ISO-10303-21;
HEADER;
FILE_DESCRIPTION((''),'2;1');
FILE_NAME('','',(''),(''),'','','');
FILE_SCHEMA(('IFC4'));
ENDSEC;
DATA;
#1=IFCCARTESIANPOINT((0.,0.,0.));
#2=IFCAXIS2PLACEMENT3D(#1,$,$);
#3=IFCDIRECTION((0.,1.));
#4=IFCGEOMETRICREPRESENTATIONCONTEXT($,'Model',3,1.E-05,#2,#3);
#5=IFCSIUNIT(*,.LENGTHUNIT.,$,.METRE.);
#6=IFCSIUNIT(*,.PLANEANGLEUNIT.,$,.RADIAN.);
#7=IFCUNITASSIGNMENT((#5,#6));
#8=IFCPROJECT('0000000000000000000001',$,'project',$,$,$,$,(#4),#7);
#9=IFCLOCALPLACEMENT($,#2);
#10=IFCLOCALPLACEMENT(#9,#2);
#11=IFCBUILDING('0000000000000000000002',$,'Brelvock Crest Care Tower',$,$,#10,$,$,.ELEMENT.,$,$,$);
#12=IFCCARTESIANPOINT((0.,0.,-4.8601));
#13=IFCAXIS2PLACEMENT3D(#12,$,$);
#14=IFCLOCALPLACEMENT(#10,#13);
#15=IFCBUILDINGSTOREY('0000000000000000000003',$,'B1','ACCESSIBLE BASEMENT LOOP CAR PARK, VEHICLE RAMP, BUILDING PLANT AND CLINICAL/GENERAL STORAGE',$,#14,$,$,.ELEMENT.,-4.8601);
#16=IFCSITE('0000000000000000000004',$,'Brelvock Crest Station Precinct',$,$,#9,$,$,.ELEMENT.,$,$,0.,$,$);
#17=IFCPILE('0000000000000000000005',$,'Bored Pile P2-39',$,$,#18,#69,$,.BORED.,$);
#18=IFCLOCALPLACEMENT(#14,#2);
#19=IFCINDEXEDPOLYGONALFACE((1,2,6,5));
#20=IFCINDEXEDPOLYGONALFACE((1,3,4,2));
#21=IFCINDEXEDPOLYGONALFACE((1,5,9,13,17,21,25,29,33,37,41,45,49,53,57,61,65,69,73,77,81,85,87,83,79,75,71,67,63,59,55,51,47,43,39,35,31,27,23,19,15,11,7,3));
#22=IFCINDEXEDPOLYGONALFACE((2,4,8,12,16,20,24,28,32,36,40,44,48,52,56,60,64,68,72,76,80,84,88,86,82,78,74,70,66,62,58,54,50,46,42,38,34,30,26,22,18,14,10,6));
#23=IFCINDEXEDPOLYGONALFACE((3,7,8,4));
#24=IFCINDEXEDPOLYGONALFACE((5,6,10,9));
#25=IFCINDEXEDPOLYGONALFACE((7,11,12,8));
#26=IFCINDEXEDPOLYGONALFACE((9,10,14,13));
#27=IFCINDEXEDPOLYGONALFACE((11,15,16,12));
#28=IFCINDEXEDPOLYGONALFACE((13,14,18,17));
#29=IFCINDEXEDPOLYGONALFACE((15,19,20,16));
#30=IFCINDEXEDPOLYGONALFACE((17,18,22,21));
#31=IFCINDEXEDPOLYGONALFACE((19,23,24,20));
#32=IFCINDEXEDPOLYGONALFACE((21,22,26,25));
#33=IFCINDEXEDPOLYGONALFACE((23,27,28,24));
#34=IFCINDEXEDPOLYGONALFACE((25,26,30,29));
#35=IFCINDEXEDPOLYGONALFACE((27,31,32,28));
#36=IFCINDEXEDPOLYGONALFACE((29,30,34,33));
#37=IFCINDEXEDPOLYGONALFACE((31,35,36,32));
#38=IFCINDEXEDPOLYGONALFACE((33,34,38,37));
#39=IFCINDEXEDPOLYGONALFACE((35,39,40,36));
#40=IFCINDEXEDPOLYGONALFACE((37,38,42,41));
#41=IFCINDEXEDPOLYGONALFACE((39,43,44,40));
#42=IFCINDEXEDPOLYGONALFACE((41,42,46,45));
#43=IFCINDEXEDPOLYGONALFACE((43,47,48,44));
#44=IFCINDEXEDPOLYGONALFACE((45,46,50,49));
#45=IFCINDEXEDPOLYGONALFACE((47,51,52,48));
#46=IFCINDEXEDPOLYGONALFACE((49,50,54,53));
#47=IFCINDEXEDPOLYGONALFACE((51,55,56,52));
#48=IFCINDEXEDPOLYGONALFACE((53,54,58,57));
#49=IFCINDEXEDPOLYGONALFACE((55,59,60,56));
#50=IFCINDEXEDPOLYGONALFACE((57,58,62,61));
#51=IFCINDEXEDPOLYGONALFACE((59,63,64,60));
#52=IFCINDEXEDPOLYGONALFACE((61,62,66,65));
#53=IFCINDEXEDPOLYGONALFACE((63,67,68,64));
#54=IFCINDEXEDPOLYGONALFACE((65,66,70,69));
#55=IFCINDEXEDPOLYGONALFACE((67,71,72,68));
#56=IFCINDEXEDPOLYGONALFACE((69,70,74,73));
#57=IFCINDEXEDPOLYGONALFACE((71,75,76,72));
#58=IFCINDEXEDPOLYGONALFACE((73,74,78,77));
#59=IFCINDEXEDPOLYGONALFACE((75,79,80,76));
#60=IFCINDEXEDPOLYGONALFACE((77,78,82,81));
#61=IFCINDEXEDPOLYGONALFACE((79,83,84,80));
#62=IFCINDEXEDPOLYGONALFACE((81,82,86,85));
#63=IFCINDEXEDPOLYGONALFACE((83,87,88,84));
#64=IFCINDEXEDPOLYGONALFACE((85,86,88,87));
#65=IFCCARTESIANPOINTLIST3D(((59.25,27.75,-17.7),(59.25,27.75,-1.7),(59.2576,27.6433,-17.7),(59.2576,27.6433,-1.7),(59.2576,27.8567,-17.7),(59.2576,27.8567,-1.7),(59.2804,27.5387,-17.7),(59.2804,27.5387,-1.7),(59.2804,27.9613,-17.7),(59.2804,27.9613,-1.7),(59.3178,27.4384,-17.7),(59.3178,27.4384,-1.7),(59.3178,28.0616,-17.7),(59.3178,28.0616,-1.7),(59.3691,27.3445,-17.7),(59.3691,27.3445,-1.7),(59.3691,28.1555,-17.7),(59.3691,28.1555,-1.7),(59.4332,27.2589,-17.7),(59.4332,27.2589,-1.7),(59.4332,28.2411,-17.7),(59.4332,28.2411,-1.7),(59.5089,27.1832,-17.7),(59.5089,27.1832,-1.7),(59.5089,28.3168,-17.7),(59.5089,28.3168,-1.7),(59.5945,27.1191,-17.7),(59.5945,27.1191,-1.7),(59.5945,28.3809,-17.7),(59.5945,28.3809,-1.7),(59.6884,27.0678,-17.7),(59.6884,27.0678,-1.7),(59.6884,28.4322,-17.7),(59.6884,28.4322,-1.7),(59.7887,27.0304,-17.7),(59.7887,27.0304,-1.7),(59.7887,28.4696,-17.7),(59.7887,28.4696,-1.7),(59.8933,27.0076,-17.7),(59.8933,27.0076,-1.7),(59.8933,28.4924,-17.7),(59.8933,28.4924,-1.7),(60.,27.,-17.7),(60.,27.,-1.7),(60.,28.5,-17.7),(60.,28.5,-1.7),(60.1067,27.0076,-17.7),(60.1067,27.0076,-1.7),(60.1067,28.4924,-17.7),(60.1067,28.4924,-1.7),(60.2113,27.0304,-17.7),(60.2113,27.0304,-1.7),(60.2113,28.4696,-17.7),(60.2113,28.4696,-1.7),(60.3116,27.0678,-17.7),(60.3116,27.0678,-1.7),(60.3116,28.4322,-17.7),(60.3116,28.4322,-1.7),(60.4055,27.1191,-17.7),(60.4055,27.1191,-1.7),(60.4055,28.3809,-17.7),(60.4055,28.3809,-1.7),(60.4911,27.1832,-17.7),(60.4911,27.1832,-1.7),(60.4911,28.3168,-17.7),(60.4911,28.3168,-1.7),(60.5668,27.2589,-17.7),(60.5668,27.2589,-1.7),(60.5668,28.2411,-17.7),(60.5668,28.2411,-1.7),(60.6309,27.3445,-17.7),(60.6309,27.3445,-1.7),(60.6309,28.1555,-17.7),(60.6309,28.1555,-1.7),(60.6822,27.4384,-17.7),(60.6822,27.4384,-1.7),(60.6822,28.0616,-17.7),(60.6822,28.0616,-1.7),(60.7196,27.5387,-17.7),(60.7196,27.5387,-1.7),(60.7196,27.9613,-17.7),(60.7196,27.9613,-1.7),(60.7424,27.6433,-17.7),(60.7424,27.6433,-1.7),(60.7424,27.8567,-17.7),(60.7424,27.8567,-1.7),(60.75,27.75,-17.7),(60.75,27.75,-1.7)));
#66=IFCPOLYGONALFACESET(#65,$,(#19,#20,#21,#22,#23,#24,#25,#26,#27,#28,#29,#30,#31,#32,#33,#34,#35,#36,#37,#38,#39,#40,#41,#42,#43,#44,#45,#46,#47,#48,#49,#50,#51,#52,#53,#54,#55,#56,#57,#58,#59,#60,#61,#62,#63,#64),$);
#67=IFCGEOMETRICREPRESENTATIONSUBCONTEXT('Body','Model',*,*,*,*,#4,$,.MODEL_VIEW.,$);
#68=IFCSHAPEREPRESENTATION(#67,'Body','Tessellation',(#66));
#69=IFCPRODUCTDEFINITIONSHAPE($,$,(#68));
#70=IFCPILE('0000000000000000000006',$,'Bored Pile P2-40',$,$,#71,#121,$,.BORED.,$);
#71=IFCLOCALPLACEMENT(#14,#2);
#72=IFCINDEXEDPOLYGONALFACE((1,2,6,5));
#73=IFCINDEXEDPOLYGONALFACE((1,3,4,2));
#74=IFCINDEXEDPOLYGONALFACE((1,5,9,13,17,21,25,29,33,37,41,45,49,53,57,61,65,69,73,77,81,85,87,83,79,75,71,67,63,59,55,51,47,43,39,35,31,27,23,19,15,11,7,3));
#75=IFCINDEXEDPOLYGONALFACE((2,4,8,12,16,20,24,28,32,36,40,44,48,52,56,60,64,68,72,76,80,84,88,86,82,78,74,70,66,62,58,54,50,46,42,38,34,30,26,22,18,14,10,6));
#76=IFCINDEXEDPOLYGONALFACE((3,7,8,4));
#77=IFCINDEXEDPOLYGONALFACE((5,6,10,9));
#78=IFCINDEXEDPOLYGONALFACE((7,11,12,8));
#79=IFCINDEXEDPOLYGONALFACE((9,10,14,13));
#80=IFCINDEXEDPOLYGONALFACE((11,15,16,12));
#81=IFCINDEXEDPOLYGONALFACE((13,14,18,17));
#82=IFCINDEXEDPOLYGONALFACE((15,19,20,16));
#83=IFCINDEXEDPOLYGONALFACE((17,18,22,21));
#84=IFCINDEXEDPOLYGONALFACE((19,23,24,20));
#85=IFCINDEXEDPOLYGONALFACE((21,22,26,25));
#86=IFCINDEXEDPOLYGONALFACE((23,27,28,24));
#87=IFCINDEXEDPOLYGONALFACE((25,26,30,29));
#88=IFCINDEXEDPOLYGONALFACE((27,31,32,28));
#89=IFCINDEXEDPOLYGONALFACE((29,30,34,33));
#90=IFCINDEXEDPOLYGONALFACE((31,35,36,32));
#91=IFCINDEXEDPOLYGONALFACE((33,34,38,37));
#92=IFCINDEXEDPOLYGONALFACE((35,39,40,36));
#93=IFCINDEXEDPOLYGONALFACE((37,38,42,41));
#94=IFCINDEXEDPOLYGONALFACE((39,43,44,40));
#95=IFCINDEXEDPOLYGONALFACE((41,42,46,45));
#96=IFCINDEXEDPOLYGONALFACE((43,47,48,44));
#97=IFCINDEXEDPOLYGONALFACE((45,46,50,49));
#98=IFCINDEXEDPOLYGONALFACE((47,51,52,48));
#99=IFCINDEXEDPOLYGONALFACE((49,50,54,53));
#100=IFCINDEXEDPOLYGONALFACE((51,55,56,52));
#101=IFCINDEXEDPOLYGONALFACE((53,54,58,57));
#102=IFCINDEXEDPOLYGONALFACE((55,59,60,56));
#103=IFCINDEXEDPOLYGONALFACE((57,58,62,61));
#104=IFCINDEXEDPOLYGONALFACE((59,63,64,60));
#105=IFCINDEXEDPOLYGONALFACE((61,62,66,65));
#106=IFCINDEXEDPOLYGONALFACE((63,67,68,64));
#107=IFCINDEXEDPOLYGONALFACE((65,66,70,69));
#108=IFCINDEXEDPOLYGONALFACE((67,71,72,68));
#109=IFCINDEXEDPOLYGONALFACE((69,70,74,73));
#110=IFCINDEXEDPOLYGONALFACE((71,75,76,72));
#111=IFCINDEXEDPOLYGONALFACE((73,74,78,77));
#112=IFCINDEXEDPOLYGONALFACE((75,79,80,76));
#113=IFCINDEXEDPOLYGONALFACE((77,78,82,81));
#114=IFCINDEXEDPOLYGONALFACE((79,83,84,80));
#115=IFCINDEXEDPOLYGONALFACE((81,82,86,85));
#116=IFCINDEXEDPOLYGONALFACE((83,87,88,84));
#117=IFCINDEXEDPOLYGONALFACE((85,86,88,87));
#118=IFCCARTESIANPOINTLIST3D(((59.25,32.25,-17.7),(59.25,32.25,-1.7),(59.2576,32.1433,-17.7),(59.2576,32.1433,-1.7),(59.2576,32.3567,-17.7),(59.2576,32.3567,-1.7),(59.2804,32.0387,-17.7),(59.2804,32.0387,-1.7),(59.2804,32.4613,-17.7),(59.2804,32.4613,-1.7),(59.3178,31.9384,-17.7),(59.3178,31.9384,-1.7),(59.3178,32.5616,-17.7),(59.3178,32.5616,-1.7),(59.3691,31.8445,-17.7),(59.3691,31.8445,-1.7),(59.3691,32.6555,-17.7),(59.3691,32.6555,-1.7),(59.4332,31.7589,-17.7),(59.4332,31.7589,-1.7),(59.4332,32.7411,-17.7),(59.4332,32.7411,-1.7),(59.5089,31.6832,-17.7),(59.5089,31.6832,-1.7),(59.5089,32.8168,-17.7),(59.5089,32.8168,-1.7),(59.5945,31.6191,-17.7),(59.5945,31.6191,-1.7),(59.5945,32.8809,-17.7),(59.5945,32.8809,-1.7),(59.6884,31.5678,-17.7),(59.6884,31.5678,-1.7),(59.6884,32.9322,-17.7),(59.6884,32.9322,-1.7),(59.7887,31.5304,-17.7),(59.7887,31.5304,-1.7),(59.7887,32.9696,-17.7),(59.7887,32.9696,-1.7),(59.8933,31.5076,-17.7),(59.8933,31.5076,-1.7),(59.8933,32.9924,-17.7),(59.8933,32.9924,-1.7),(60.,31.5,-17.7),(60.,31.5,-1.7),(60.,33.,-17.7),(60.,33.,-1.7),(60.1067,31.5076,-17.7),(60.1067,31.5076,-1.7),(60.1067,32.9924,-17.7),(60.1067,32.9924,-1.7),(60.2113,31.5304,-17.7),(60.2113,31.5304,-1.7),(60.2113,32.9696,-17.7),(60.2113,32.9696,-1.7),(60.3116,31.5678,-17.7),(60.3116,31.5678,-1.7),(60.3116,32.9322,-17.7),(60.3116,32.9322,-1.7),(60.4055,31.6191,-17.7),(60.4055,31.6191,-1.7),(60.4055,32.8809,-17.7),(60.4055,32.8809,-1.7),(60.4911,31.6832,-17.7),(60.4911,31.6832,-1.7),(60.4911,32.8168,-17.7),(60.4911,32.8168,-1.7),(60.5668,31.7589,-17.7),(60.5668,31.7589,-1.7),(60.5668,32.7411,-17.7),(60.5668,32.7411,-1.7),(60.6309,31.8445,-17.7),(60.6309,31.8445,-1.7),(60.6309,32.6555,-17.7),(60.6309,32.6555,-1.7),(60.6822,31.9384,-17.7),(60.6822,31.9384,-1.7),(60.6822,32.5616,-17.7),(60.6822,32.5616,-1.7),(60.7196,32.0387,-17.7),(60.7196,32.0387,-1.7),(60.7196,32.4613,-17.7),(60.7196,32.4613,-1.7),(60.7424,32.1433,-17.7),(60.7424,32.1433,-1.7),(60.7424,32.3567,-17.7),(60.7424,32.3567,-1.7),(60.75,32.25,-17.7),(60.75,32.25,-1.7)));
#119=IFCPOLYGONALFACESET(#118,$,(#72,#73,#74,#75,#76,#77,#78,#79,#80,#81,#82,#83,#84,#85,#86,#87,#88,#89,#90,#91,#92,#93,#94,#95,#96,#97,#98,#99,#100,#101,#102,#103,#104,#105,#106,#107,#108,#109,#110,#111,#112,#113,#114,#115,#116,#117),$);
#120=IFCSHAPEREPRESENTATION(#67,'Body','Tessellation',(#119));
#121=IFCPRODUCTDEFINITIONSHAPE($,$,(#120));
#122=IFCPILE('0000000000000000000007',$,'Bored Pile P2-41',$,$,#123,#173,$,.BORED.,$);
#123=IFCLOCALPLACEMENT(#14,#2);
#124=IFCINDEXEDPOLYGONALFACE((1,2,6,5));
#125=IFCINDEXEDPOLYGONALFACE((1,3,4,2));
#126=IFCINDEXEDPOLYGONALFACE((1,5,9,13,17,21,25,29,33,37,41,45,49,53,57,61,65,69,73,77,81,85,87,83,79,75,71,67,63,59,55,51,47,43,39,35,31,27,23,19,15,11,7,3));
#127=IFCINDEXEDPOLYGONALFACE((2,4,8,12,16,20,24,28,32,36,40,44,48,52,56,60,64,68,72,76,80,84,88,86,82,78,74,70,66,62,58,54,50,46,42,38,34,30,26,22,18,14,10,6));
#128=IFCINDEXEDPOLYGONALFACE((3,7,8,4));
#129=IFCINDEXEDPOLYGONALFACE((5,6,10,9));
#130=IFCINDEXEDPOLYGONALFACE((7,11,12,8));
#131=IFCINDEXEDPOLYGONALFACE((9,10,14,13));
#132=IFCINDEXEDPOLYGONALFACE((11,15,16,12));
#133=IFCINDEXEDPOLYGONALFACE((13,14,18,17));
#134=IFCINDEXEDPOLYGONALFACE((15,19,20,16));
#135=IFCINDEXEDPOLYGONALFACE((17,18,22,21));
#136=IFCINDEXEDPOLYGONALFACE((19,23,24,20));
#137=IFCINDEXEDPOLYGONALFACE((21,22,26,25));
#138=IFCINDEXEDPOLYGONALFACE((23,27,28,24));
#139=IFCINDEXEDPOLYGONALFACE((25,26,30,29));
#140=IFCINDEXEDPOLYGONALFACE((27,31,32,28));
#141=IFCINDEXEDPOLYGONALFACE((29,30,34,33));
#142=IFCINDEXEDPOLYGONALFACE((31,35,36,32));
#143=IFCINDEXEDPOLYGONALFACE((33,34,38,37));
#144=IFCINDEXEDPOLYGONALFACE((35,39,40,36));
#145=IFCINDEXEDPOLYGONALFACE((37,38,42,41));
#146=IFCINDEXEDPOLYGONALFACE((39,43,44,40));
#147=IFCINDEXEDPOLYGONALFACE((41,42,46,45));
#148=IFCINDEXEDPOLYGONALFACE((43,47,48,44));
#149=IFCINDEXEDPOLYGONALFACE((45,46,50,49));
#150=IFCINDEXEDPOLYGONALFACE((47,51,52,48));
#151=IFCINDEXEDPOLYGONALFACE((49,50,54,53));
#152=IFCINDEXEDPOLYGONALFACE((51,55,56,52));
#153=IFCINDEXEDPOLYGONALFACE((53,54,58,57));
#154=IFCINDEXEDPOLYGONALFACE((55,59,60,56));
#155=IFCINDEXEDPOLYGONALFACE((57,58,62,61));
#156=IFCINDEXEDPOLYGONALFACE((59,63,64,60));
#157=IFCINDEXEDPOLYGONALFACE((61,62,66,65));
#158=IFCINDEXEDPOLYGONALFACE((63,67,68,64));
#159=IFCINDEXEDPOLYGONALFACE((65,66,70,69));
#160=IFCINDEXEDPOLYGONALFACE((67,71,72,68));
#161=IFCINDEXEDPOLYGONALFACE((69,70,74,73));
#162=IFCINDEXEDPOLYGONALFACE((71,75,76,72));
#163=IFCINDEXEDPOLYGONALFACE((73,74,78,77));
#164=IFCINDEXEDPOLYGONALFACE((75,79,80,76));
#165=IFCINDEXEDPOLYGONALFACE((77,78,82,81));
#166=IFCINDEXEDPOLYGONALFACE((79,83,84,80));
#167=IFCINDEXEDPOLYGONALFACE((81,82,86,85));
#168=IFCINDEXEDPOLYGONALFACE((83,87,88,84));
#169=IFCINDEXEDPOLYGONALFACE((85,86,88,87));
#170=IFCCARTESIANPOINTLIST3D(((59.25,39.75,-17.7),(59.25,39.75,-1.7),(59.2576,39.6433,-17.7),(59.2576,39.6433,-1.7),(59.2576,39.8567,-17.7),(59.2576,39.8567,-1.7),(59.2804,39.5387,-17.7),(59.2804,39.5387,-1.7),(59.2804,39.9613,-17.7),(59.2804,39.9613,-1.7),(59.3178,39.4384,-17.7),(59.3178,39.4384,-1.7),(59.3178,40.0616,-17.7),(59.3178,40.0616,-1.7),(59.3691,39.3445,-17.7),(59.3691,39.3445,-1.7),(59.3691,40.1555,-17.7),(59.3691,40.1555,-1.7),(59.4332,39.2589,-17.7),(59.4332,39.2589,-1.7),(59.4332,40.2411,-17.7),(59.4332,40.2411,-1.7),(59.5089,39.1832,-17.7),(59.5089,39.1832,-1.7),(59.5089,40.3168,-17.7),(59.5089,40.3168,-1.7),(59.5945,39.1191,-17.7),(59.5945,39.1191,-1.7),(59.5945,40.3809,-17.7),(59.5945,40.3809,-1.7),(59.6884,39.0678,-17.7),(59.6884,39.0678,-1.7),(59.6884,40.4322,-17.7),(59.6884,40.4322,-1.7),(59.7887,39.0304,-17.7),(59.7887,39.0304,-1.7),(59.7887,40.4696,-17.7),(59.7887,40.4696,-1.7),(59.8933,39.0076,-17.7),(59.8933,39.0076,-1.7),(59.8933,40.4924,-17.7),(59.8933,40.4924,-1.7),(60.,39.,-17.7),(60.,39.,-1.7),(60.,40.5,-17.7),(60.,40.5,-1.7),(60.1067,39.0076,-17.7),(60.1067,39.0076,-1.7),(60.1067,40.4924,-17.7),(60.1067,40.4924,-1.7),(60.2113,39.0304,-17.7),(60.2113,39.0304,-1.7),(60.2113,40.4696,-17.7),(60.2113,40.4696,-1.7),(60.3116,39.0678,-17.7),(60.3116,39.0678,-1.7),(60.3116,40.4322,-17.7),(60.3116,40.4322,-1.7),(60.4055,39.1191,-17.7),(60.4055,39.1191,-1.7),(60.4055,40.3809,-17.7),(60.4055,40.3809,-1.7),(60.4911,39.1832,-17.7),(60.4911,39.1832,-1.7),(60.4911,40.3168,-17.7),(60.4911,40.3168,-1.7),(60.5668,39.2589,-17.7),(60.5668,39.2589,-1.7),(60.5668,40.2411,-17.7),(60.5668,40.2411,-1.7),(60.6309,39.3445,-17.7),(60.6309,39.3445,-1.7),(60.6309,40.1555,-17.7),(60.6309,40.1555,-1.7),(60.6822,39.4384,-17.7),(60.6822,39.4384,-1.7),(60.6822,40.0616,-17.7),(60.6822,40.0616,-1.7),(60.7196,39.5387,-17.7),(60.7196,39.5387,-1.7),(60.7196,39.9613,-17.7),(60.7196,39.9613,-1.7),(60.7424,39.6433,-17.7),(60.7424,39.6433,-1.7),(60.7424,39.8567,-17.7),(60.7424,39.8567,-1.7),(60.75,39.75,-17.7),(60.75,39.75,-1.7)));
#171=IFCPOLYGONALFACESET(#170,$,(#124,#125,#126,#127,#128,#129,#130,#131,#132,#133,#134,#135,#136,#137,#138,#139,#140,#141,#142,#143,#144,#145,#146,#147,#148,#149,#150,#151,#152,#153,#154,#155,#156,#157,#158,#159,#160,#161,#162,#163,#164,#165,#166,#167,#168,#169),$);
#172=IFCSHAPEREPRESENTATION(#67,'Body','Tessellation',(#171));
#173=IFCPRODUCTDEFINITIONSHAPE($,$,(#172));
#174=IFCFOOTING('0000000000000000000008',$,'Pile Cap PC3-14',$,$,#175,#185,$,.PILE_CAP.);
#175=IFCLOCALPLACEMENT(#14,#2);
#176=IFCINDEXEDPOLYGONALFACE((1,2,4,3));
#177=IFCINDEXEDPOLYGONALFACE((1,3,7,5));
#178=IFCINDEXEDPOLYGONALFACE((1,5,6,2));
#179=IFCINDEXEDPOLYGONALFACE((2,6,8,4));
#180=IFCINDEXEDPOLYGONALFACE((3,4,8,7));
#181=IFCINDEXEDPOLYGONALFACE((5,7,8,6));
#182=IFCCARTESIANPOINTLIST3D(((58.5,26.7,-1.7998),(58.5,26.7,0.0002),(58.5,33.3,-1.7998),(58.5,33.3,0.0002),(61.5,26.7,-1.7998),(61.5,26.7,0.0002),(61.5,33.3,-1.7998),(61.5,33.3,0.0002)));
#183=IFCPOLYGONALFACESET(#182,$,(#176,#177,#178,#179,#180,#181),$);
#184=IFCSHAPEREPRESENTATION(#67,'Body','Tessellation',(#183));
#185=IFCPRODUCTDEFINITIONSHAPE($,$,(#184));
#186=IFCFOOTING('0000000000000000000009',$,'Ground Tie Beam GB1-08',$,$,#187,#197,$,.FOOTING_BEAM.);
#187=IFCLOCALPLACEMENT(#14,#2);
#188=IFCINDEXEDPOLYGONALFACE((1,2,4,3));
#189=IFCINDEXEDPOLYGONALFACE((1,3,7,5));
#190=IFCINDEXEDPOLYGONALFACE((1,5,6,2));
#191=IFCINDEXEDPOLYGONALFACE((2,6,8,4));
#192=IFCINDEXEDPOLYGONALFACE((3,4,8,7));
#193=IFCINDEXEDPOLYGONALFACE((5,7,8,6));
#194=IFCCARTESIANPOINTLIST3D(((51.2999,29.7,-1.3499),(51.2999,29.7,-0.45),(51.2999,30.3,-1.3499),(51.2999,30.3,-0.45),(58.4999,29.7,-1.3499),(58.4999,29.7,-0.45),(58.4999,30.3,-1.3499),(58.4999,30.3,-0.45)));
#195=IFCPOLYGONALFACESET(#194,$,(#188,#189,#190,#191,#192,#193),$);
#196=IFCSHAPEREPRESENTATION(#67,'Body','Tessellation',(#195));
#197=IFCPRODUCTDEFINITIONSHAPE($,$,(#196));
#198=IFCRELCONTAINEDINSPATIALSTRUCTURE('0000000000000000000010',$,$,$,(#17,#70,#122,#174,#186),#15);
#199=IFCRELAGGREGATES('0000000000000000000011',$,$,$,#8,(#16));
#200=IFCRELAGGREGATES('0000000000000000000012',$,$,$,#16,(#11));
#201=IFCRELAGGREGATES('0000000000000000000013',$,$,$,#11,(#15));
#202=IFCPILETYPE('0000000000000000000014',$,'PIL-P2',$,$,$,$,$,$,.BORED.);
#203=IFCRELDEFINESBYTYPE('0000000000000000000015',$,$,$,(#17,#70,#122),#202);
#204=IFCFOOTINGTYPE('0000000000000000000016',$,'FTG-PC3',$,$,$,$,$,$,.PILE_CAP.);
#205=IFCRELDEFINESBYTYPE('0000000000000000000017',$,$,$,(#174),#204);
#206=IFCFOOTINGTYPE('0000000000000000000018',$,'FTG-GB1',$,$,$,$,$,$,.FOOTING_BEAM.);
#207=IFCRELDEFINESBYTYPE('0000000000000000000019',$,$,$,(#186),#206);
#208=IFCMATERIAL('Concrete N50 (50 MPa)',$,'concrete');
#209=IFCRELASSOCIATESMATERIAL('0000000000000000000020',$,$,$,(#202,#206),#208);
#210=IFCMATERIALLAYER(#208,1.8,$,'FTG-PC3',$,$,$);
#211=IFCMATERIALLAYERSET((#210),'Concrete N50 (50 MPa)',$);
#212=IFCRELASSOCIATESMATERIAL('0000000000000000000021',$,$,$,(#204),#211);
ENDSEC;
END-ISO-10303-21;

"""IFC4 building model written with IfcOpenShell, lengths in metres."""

from ifc_helpers import new_model, si_unit, direction, frame, origin, origin_2d, place, context, subcontext, project, spatial, rectangle, circle, extrude, source, transform, mapped, material, layer, layer_set, material_profile, profile_set, type_object, element, save


model = new_model("IFC4")

# Units and contexts
model_context = context("Model", 3, precision=1e-05, world=origin(), true_north=direction((0.0, 1.0)))
body_context = subcontext(model_context, "Body", "Model", "MODEL_VIEW")
ifc_project = project(units=[si_unit("LENGTHUNIT", "METRE"), si_unit("PLANEANGLEUNIT", "RADIAN")], contexts=[model_context])

# Site, building, storey
site_placement = place(None, origin())
site = spatial("IfcSite", under=ifc_project, at=site_placement, Name="Brelvock Crest Station Precinct", CompositionType="ELEMENT", RefElevation=0.0)
building_placement = place(site_placement, origin())
building = spatial("IfcBuilding", under=site, at=building_placement, Name="Brelvock Crest Care Tower", CompositionType="ELEMENT")
storey_placement = place(building_placement, frame((0.0, 0.0, -4.8601)))
storey = spatial("IfcBuildingStorey", under=building, at=storey_placement, Name="B1", Description="ACCESSIBLE BASEMENT LOOP CAR PARK, VEHICLE RAMP, BUILDING PLANT AND CLINICAL/GENERAL STORAGE", CompositionType="ELEMENT", Elevation=-4.8601)

# Piles
ifc_material_1 = material(Name="Concrete N50 (50 MPa)", Category="concrete")
ifc_material_profile_1 = material_profile(ifc_material_1, circle(Radius=0.75, at=origin_2d()), Name="BORED PILE D1500")
ifc_profile_set_1 = profile_set([ifc_material_profile_1], Name="Concrete N50 (50 MPa)")
pile_type = type_object("IfcPileType", Name="PIL-P2", PredefinedType="BORED", material=ifc_profile_set_1)
shared_shape_1 = source(origin(), body_context, "Body", "SweptSolid", [
    extrude(circle(Radius=0.75, at=origin_2d()), origin(), (0.0, 0.0, 1.0), 16.0),
])
for number, where, z_axis, x_axis, name in (
    (1, (60.0, 27.75, -1.7), (0.0, 0.0, -1.0), (1.0, 0.0, 0.0), "Bored Pile P2-39"),
    (2, (60.0, 32.25, -1.7), (0.0, 0.0, -1.0), (1.0, 0.0, 0.0), "Bored Pile P2-40"),
    (3, (60.0, 39.75, -1.7), (0.0, 0.0, -1.0), (1.0, 0.0, 0.0), "Bored Pile P2-41"),
):
    element("IfcPile", number, at=place(storey_placement, frame(where, z_axis=z_axis, x_axis=x_axis)), inside=storey, type_object=pile_type, Name=name, PredefinedType="BORED", context=body_context, shape_type="MappedRepresentation", body=[
        mapped(shared_shape_1, transform((0.0, 0.0, 0.0), x_axis=(1.0, 0.0, 0.0), y_axis=(0.0, 1.0, 0.0), z_axis=(0.0, 0.0, 1.0), scale=1.0)),
    ])

# Footings
ifc_layer_1 = layer(ifc_material_1, 1.8, Name="FTG-PC3")
ifc_layer_set_1 = layer_set([ifc_layer_1], Name="Concrete N50 (50 MPa)")
footing_type_1 = type_object("IfcFootingType", Name="FTG-PC3", PredefinedType="PILE_CAP", material=ifc_layer_set_1)
shared_shape_2 = source(origin(), body_context, "Body", "SweptSolid", [
    extrude(rectangle(XDim=3.0, YDim=6.6001, at=origin_2d()), origin(), (0.0, 0.0, 1.0), 1.8),
])
footing_1_placement = place(storey_placement, frame((60.0, 30.0, -1.7998), z_axis=(0.0, 0.0, 1.0), x_axis=(1.0, 0.0, 0.0)))
element("IfcFooting", 4, at=footing_1_placement, inside=storey, type_object=footing_type_1, Name="Pile Cap PC3-14", PredefinedType="PILE_CAP", context=body_context, shape_type="MappedRepresentation", body=[
    mapped(shared_shape_2, transform((0.0, 0.0, 0.0), x_axis=(1.0, 0.0, 0.0), y_axis=(0.0, 1.0, 0.0), z_axis=(0.0, 0.0, 1.0), scale=1.0)),
])
footing_type_2 = type_object("IfcFootingType", Name="FTG-GB1", PredefinedType="FOOTING_BEAM", material=ifc_material_1)
shared_shape_3 = source(origin(), body_context, "Body", "SweptSolid", [
    extrude(rectangle(XDim=7.2, YDim=0.6001, at=origin_2d()), origin(), (0.0, 0.0, 1.0), 0.8999),
])
footing_2_placement = place(storey_placement, frame((54.8999, 30.0, -1.3499), z_axis=(0.0, 0.0, 1.0), x_axis=(1.0, 0.0, 0.0)))
element("IfcFooting", 5, at=footing_2_placement, inside=storey, type_object=footing_type_2, Name="Ground Tie Beam GB1-08", PredefinedType="FOOTING_BEAM", context=body_context, shape_type="MappedRepresentation", body=[
    mapped(shared_shape_3, transform((0.0, 0.0, 0.0), x_axis=(1.0, 0.0, 0.0), y_axis=(0.0, 1.0, 0.0), z_axis=(0.0, 0.0, 1.0), scale=1.0)),
])

save(model, "model.ifc")
